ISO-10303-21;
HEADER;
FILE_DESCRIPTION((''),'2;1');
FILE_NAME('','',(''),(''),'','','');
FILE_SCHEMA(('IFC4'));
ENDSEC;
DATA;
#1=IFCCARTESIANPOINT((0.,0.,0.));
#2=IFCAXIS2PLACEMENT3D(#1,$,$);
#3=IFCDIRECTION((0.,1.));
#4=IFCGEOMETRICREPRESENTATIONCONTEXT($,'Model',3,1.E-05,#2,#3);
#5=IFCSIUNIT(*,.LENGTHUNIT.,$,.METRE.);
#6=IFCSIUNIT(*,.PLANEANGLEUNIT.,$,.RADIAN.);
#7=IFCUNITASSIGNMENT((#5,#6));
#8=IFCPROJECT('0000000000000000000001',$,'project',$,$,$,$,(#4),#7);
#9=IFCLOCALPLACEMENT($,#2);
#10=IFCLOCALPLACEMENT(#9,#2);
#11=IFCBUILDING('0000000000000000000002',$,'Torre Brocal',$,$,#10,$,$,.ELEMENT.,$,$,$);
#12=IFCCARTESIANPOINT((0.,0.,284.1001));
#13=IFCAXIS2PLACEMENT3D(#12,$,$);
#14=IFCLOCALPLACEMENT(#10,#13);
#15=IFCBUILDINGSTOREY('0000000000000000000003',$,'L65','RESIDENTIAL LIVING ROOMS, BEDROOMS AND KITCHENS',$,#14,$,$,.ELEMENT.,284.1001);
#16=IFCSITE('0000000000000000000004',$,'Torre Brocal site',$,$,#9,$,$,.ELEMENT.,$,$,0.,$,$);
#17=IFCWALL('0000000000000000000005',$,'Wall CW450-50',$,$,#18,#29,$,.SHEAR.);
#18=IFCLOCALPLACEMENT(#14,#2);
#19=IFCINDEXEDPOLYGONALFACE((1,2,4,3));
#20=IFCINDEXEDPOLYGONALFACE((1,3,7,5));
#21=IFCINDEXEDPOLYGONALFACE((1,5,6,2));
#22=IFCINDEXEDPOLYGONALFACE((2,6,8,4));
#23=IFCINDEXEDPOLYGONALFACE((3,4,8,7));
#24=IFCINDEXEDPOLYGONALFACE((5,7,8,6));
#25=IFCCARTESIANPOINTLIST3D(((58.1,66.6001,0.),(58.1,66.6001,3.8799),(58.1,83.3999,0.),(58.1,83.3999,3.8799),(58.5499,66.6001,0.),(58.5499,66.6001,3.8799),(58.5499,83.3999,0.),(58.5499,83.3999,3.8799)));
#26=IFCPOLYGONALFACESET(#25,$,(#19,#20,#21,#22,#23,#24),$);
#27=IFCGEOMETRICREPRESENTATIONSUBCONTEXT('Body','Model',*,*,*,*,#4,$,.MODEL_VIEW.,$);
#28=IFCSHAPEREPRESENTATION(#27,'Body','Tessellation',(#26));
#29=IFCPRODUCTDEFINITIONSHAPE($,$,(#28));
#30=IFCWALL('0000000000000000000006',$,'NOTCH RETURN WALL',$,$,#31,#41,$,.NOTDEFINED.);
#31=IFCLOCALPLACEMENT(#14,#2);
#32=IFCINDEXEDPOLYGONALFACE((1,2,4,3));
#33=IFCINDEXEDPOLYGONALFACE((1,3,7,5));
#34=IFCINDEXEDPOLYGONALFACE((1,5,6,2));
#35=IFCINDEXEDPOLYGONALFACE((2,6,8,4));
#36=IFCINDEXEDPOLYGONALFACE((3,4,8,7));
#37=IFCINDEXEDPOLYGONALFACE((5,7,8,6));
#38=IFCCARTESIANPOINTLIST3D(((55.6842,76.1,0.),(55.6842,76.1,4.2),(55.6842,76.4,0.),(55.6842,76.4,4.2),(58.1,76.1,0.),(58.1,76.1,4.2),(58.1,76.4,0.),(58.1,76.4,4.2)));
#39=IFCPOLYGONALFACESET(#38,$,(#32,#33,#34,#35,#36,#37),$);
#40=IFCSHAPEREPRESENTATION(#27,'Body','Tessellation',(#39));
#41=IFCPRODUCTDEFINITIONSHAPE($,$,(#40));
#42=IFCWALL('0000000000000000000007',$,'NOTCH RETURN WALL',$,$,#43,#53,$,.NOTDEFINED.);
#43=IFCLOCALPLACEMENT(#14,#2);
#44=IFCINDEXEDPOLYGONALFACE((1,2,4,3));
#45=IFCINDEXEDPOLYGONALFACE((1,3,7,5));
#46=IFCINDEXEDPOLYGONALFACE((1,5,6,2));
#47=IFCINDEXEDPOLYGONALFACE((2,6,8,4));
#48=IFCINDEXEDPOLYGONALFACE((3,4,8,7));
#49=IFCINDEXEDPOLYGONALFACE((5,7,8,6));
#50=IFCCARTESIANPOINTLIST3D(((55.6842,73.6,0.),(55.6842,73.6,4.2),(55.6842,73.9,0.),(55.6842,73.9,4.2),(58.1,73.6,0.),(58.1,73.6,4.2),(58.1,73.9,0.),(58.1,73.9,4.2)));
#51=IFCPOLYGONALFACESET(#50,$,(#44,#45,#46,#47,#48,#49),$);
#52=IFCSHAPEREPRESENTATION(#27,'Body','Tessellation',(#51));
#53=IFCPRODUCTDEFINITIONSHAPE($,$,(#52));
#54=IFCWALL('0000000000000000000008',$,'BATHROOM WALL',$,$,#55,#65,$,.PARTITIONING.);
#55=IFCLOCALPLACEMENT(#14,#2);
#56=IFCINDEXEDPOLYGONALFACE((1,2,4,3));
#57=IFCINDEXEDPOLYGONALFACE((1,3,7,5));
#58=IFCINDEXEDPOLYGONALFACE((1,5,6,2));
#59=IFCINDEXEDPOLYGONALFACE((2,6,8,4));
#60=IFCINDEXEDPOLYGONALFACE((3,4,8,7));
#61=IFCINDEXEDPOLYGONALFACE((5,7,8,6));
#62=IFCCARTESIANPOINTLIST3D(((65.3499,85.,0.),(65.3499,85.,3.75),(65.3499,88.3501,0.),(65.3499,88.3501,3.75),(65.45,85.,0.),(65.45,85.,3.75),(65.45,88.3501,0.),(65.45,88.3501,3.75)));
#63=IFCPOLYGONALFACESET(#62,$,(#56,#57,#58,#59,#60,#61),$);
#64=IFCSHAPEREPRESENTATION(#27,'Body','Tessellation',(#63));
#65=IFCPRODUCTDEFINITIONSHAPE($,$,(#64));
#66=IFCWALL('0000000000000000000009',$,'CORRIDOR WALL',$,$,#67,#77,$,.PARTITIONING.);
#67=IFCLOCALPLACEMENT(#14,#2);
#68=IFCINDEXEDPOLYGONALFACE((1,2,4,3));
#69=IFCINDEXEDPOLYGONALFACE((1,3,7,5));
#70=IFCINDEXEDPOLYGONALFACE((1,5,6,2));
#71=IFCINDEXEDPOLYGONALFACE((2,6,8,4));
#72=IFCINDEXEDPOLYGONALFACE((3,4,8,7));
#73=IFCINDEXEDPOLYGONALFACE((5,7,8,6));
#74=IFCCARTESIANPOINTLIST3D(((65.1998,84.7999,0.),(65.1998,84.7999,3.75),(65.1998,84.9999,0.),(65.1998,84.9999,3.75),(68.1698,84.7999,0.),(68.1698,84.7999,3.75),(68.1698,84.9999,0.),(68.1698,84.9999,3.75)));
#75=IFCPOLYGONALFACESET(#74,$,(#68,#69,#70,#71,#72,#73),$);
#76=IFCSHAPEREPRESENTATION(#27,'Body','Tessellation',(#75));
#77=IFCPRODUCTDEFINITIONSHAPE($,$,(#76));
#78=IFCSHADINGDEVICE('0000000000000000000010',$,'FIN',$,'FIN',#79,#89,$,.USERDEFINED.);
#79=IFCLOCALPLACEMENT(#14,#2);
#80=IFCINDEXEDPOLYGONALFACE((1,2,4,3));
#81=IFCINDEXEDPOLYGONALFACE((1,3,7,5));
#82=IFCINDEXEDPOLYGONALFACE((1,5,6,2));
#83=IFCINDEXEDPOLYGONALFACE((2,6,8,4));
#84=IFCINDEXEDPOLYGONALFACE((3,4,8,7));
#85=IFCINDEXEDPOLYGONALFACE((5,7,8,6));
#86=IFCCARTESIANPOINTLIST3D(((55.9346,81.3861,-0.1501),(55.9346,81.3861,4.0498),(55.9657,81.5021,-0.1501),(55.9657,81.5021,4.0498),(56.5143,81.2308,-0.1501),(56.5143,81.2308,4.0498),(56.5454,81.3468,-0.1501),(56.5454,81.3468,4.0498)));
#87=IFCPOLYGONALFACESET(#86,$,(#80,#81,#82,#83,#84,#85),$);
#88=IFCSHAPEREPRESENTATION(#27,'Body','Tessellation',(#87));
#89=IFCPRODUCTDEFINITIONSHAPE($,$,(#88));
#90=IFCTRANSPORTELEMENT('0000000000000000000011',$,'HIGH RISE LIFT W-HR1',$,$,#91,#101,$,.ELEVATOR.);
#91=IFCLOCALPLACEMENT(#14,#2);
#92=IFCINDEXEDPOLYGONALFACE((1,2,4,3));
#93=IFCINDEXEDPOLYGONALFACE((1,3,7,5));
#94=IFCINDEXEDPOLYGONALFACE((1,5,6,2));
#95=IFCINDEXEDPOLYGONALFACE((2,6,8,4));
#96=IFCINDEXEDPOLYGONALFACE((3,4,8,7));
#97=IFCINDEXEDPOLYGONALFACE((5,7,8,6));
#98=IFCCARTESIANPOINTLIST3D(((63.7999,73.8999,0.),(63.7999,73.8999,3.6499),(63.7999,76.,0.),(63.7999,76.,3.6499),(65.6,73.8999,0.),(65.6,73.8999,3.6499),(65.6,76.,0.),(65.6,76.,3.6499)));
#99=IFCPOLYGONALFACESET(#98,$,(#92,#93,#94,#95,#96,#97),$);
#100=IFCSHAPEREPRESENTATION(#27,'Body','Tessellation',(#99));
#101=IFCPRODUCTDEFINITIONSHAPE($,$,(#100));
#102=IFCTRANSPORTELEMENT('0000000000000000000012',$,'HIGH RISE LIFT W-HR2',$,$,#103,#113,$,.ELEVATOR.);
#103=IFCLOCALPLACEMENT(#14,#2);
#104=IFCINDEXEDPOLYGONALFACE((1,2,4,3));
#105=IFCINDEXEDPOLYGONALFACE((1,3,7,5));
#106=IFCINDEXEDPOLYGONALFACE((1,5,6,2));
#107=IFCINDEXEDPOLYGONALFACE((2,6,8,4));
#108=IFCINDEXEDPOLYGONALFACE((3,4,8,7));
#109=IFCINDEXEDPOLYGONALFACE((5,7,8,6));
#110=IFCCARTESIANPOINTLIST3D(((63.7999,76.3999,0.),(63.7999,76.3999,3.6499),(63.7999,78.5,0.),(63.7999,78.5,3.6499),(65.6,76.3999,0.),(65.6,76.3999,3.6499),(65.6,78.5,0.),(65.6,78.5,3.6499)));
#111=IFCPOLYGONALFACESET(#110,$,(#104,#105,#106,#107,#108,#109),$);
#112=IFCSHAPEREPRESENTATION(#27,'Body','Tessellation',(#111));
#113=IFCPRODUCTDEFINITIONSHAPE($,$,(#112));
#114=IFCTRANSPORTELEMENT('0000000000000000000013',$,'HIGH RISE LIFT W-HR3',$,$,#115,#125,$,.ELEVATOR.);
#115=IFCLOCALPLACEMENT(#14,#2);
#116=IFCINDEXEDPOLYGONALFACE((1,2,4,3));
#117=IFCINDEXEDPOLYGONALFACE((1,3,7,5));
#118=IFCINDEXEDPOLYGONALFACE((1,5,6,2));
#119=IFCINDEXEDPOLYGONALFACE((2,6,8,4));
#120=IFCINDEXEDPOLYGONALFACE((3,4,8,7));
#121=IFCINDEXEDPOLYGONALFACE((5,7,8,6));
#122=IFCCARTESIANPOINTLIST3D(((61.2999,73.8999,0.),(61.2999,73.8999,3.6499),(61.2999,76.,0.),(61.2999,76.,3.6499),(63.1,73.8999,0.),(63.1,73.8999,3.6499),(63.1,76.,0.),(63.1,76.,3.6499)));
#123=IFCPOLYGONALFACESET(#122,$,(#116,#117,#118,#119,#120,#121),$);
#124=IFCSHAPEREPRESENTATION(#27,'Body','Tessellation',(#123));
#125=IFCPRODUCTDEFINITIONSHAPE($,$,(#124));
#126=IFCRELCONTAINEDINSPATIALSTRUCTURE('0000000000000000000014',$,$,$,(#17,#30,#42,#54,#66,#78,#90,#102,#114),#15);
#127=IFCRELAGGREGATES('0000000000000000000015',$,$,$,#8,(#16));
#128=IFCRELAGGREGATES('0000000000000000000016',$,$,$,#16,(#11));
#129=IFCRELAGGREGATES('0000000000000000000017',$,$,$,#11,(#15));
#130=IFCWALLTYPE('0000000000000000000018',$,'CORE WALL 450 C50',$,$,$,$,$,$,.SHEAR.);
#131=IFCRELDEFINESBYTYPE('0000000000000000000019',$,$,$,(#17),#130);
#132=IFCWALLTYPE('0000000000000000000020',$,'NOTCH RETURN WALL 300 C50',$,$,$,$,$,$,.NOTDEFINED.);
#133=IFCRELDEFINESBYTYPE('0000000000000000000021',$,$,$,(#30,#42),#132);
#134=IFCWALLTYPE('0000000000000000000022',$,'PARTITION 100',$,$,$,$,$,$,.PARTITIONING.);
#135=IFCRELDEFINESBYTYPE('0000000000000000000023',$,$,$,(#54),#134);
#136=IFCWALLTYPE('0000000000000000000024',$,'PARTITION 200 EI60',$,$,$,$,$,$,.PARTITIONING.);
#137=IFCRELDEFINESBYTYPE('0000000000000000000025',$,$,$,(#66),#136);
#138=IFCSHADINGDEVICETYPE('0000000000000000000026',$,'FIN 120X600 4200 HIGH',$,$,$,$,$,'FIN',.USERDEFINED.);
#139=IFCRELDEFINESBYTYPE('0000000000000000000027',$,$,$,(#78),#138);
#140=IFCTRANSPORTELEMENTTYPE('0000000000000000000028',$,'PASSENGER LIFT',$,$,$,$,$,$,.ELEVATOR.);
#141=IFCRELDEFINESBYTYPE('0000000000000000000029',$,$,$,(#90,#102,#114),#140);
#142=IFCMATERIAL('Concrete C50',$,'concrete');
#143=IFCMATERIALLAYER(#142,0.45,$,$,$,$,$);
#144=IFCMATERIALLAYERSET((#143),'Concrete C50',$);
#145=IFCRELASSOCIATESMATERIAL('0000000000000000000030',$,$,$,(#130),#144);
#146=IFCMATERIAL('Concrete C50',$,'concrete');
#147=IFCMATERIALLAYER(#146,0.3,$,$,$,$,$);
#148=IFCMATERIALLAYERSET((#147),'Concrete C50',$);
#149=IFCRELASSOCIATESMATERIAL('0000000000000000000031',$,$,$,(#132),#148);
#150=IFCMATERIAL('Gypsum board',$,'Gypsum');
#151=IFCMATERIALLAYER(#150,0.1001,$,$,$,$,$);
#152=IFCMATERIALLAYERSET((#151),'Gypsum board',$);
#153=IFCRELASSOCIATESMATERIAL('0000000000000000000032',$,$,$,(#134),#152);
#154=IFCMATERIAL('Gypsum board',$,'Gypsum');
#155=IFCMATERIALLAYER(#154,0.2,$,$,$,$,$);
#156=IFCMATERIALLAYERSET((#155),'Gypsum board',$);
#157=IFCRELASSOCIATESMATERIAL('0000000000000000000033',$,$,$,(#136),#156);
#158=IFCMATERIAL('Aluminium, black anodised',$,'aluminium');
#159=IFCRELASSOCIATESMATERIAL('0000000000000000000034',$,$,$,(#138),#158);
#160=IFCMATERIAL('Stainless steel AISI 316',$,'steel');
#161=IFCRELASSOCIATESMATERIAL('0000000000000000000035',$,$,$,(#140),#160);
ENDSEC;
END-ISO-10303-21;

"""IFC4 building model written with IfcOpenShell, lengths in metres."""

from ifc_helpers import new_model, si_unit, direction, frame, frame_2d, origin, origin_2d, place, context, subcontext, project, spatial, rectangle, extrude, material, layer, layer_set, material_profile, profile_set, type_object, element, save


model = new_model("IFC4")

# Units and contexts
model_context = context("Model", 3, precision=1e-05, world=origin(), true_north=direction((0.0, 1.0)))
body_context = subcontext(model_context, "Body", "Model", "MODEL_VIEW")
ifc_project = project(units=[si_unit("LENGTHUNIT", "METRE"), si_unit("PLANEANGLEUNIT", "RADIAN")], contexts=[model_context])

# Site, building, storey
site_placement = place(None, origin())
site = spatial("IfcSite", under=ifc_project, at=site_placement, Name="Torre Brocal site", CompositionType="ELEMENT", RefElevation=0.0)
building_placement = place(site_placement, origin())
building = spatial("IfcBuilding", under=site, at=building_placement, Name="Torre Brocal", CompositionType="ELEMENT")
storey_placement = place(building_placement, frame((0.0, 0.0, 284.1001)))
storey = spatial("IfcBuildingStorey", under=building, at=storey_placement, Name="L65", Description="RESIDENTIAL LIVING ROOMS, BEDROOMS AND KITCHENS", CompositionType="ELEMENT", Elevation=284.1001)

# Walls
ifc_material_1 = material(Name="Concrete C50", Category="concrete")
ifc_layer_1 = layer(ifc_material_1, 0.45)
ifc_layer_set_1 = layer_set([ifc_layer_1], Name="Concrete C50")
wall_type_1 = type_object("IfcWallType", Name="CORE WALL 450 C50", PredefinedType="SHEAR", material=ifc_layer_set_1)
wall_1_placement = place(storey_placement, frame((58.325, 83.3999, 0.0), z_axis=(0.0, 0.0, 1.0), x_axis=(0.0, -1.0, 0.0)))
element("IfcWall", 1, at=wall_1_placement, inside=storey, type_object=wall_type_1, Name="Wall CW450-50", PredefinedType="SHEAR", context=body_context, shape_type="SweptSolid", body=[
    extrude(rectangle(XDim=16.7998, YDim=0.45, at=frame_2d((8.3999, 0.0))), origin(), (0.0, 0.0, 1.0), 3.8799),
])
ifc_material_2 = material(Name="Concrete C50", Category="concrete")
ifc_layer_2 = layer(ifc_material_2, 0.3)
ifc_layer_set_2 = layer_set([ifc_layer_2], Name="Concrete C50")
wall_type_2 = type_object("IfcWallType", Name="NOTCH RETURN WALL 300 C50", PredefinedType="NOTDEFINED", material=ifc_layer_set_2)
for number, where, z_axis, x_axis, name in (
    (2, (58.1001, 76.25, 0.0), (0.0, 0.0, 1.0), (-1.0, 0.0, 0.0), "NOTCH RETURN WALL"),
    (3, (58.1001, 73.75, 0.0), (0.0, 0.0, 1.0), (-1.0, 0.0, 0.0), "NOTCH RETURN WALL"),
):
    element("IfcWall", number, at=place(storey_placement, frame(where, z_axis=z_axis, x_axis=x_axis)), inside=storey, type_object=wall_type_2, Name=name, PredefinedType="NOTDEFINED", context=body_context, shape_type="SweptSolid", body=[
        extrude(rectangle(XDim=2.4158, YDim=0.3, at=frame_2d((1.208, 0.0))), origin(), (0.0, 0.0, 1.0), 4.2),
    ])
ifc_material_3 = material(Name="Gypsum board", Category="Gypsum")
ifc_layer_3 = layer(ifc_material_3, 0.1001)
ifc_layer_set_3 = layer_set([ifc_layer_3], Name="Gypsum board")
wall_type_3 = type_object("IfcWallType", Name="PARTITION 100", PredefinedType="PARTITIONING", material=ifc_layer_set_3)
wall_2_placement = place(storey_placement, frame((65.3999, 85.0, 0.0), z_axis=(0.0, 0.0, 1.0), x_axis=(0.0, 1.0, 0.0)))
element("IfcWall", 4, at=wall_2_placement, inside=storey, type_object=wall_type_3, Name="BATHROOM WALL", PredefinedType="PARTITIONING", context=body_context, shape_type="SweptSolid", body=[
    extrude(rectangle(XDim=3.3501, YDim=0.1001, at=frame_2d((1.675, 0.0))), origin(), (0.0, 0.0, 1.0), 3.75),
])
ifc_material_4 = material(Name="Gypsum board", Category="Gypsum")
ifc_layer_4 = layer(ifc_material_4, 0.2)
ifc_layer_set_4 = layer_set([ifc_layer_4], Name="Gypsum board")
wall_type_4 = type_object("IfcWallType", Name="PARTITION 200 EI60", PredefinedType="PARTITIONING", material=ifc_layer_set_4)
wall_3_placement = place(storey_placement, frame((65.2, 84.8999, 0.0), z_axis=(0.0, 0.0, 1.0), x_axis=(1.0, 0.0, 0.0)))
element("IfcWall", 5, at=wall_3_placement, inside=storey, type_object=wall_type_4, Name="CORRIDOR WALL", PredefinedType="PARTITIONING", context=body_context, shape_type="SweptSolid", body=[
    extrude(rectangle(XDim=2.97, YDim=0.2, at=frame_2d((1.4849, 0.0))), origin(), (0.0, 0.0, 1.0), 3.75),
])

# Shading device
ifc_material_5 = material(Name="Aluminium, black anodised", Category="aluminium")
ifc_material_profile_1 = material_profile(ifc_material_5, rectangle(XDim=0.1201, YDim=0.6001, at=origin_2d()), Name="FIN 120X600 4200 HIGH")
ifc_profile_set_1 = profile_set([ifc_material_profile_1], Name="Aluminium, black anodised")
shading_device_type = type_object("IfcShadingDeviceType", Name="FIN 120X600 4200 HIGH", ElementType="FIN", PredefinedType="USERDEFINED", material=ifc_profile_set_1)
shading_device_placement = place(storey_placement, frame((56.24, 81.3665, -0.1501), z_axis=(0.0, 0.0, 1.0), x_axis=(-0.258819, -0.965926, 0.0)))
element("IfcShadingDevice", 6, at=shading_device_placement, inside=storey, type_object=shading_device_type, Name="FIN", ObjectType="FIN", PredefinedType="USERDEFINED", context=body_context, shape_type="SweptSolid", body=[
    extrude(rectangle(XDim=0.1201, YDim=0.6001, at=origin_2d()), origin(), (0.0, 0.0, 1.0), 4.2),
])

# Transport elements
ifc_material_6 = material(Name="Stainless steel AISI 316", Category="steel")
transport_element_type = type_object("IfcTransportElementType", Name="PASSENGER LIFT", PredefinedType="ELEVATOR", material=ifc_material_6)
for number, where, z_axis, x_axis, name in (
    (7, (64.7, 74.95, 0.0), (0.0, 0.0, 1.0), (1.0, 0.0, 0.0), "HIGH RISE LIFT W-HR1"),
    (8, (64.7, 77.45, 0.0), (0.0, 0.0, 1.0), (1.0, 0.0, 0.0), "HIGH RISE LIFT W-HR2"),
    (9, (62.2, 74.95, 0.0), (0.0, 0.0, 1.0), (1.0, 0.0, 0.0), "HIGH RISE LIFT W-HR3"),
):
    element("IfcTransportElement", number, at=place(storey_placement, frame(where, z_axis=z_axis, x_axis=x_axis)), inside=storey, type_object=transport_element_type, Name=name, PredefinedType="ELEVATOR", context=body_context, shape_type="SweptSolid", body=[
        extrude(rectangle(XDim=1.8, YDim=2.1001, at=origin_2d()), origin(), (0.0, 0.0, 1.0), 3.6499),
    ])

save(model, "model.ifc")
